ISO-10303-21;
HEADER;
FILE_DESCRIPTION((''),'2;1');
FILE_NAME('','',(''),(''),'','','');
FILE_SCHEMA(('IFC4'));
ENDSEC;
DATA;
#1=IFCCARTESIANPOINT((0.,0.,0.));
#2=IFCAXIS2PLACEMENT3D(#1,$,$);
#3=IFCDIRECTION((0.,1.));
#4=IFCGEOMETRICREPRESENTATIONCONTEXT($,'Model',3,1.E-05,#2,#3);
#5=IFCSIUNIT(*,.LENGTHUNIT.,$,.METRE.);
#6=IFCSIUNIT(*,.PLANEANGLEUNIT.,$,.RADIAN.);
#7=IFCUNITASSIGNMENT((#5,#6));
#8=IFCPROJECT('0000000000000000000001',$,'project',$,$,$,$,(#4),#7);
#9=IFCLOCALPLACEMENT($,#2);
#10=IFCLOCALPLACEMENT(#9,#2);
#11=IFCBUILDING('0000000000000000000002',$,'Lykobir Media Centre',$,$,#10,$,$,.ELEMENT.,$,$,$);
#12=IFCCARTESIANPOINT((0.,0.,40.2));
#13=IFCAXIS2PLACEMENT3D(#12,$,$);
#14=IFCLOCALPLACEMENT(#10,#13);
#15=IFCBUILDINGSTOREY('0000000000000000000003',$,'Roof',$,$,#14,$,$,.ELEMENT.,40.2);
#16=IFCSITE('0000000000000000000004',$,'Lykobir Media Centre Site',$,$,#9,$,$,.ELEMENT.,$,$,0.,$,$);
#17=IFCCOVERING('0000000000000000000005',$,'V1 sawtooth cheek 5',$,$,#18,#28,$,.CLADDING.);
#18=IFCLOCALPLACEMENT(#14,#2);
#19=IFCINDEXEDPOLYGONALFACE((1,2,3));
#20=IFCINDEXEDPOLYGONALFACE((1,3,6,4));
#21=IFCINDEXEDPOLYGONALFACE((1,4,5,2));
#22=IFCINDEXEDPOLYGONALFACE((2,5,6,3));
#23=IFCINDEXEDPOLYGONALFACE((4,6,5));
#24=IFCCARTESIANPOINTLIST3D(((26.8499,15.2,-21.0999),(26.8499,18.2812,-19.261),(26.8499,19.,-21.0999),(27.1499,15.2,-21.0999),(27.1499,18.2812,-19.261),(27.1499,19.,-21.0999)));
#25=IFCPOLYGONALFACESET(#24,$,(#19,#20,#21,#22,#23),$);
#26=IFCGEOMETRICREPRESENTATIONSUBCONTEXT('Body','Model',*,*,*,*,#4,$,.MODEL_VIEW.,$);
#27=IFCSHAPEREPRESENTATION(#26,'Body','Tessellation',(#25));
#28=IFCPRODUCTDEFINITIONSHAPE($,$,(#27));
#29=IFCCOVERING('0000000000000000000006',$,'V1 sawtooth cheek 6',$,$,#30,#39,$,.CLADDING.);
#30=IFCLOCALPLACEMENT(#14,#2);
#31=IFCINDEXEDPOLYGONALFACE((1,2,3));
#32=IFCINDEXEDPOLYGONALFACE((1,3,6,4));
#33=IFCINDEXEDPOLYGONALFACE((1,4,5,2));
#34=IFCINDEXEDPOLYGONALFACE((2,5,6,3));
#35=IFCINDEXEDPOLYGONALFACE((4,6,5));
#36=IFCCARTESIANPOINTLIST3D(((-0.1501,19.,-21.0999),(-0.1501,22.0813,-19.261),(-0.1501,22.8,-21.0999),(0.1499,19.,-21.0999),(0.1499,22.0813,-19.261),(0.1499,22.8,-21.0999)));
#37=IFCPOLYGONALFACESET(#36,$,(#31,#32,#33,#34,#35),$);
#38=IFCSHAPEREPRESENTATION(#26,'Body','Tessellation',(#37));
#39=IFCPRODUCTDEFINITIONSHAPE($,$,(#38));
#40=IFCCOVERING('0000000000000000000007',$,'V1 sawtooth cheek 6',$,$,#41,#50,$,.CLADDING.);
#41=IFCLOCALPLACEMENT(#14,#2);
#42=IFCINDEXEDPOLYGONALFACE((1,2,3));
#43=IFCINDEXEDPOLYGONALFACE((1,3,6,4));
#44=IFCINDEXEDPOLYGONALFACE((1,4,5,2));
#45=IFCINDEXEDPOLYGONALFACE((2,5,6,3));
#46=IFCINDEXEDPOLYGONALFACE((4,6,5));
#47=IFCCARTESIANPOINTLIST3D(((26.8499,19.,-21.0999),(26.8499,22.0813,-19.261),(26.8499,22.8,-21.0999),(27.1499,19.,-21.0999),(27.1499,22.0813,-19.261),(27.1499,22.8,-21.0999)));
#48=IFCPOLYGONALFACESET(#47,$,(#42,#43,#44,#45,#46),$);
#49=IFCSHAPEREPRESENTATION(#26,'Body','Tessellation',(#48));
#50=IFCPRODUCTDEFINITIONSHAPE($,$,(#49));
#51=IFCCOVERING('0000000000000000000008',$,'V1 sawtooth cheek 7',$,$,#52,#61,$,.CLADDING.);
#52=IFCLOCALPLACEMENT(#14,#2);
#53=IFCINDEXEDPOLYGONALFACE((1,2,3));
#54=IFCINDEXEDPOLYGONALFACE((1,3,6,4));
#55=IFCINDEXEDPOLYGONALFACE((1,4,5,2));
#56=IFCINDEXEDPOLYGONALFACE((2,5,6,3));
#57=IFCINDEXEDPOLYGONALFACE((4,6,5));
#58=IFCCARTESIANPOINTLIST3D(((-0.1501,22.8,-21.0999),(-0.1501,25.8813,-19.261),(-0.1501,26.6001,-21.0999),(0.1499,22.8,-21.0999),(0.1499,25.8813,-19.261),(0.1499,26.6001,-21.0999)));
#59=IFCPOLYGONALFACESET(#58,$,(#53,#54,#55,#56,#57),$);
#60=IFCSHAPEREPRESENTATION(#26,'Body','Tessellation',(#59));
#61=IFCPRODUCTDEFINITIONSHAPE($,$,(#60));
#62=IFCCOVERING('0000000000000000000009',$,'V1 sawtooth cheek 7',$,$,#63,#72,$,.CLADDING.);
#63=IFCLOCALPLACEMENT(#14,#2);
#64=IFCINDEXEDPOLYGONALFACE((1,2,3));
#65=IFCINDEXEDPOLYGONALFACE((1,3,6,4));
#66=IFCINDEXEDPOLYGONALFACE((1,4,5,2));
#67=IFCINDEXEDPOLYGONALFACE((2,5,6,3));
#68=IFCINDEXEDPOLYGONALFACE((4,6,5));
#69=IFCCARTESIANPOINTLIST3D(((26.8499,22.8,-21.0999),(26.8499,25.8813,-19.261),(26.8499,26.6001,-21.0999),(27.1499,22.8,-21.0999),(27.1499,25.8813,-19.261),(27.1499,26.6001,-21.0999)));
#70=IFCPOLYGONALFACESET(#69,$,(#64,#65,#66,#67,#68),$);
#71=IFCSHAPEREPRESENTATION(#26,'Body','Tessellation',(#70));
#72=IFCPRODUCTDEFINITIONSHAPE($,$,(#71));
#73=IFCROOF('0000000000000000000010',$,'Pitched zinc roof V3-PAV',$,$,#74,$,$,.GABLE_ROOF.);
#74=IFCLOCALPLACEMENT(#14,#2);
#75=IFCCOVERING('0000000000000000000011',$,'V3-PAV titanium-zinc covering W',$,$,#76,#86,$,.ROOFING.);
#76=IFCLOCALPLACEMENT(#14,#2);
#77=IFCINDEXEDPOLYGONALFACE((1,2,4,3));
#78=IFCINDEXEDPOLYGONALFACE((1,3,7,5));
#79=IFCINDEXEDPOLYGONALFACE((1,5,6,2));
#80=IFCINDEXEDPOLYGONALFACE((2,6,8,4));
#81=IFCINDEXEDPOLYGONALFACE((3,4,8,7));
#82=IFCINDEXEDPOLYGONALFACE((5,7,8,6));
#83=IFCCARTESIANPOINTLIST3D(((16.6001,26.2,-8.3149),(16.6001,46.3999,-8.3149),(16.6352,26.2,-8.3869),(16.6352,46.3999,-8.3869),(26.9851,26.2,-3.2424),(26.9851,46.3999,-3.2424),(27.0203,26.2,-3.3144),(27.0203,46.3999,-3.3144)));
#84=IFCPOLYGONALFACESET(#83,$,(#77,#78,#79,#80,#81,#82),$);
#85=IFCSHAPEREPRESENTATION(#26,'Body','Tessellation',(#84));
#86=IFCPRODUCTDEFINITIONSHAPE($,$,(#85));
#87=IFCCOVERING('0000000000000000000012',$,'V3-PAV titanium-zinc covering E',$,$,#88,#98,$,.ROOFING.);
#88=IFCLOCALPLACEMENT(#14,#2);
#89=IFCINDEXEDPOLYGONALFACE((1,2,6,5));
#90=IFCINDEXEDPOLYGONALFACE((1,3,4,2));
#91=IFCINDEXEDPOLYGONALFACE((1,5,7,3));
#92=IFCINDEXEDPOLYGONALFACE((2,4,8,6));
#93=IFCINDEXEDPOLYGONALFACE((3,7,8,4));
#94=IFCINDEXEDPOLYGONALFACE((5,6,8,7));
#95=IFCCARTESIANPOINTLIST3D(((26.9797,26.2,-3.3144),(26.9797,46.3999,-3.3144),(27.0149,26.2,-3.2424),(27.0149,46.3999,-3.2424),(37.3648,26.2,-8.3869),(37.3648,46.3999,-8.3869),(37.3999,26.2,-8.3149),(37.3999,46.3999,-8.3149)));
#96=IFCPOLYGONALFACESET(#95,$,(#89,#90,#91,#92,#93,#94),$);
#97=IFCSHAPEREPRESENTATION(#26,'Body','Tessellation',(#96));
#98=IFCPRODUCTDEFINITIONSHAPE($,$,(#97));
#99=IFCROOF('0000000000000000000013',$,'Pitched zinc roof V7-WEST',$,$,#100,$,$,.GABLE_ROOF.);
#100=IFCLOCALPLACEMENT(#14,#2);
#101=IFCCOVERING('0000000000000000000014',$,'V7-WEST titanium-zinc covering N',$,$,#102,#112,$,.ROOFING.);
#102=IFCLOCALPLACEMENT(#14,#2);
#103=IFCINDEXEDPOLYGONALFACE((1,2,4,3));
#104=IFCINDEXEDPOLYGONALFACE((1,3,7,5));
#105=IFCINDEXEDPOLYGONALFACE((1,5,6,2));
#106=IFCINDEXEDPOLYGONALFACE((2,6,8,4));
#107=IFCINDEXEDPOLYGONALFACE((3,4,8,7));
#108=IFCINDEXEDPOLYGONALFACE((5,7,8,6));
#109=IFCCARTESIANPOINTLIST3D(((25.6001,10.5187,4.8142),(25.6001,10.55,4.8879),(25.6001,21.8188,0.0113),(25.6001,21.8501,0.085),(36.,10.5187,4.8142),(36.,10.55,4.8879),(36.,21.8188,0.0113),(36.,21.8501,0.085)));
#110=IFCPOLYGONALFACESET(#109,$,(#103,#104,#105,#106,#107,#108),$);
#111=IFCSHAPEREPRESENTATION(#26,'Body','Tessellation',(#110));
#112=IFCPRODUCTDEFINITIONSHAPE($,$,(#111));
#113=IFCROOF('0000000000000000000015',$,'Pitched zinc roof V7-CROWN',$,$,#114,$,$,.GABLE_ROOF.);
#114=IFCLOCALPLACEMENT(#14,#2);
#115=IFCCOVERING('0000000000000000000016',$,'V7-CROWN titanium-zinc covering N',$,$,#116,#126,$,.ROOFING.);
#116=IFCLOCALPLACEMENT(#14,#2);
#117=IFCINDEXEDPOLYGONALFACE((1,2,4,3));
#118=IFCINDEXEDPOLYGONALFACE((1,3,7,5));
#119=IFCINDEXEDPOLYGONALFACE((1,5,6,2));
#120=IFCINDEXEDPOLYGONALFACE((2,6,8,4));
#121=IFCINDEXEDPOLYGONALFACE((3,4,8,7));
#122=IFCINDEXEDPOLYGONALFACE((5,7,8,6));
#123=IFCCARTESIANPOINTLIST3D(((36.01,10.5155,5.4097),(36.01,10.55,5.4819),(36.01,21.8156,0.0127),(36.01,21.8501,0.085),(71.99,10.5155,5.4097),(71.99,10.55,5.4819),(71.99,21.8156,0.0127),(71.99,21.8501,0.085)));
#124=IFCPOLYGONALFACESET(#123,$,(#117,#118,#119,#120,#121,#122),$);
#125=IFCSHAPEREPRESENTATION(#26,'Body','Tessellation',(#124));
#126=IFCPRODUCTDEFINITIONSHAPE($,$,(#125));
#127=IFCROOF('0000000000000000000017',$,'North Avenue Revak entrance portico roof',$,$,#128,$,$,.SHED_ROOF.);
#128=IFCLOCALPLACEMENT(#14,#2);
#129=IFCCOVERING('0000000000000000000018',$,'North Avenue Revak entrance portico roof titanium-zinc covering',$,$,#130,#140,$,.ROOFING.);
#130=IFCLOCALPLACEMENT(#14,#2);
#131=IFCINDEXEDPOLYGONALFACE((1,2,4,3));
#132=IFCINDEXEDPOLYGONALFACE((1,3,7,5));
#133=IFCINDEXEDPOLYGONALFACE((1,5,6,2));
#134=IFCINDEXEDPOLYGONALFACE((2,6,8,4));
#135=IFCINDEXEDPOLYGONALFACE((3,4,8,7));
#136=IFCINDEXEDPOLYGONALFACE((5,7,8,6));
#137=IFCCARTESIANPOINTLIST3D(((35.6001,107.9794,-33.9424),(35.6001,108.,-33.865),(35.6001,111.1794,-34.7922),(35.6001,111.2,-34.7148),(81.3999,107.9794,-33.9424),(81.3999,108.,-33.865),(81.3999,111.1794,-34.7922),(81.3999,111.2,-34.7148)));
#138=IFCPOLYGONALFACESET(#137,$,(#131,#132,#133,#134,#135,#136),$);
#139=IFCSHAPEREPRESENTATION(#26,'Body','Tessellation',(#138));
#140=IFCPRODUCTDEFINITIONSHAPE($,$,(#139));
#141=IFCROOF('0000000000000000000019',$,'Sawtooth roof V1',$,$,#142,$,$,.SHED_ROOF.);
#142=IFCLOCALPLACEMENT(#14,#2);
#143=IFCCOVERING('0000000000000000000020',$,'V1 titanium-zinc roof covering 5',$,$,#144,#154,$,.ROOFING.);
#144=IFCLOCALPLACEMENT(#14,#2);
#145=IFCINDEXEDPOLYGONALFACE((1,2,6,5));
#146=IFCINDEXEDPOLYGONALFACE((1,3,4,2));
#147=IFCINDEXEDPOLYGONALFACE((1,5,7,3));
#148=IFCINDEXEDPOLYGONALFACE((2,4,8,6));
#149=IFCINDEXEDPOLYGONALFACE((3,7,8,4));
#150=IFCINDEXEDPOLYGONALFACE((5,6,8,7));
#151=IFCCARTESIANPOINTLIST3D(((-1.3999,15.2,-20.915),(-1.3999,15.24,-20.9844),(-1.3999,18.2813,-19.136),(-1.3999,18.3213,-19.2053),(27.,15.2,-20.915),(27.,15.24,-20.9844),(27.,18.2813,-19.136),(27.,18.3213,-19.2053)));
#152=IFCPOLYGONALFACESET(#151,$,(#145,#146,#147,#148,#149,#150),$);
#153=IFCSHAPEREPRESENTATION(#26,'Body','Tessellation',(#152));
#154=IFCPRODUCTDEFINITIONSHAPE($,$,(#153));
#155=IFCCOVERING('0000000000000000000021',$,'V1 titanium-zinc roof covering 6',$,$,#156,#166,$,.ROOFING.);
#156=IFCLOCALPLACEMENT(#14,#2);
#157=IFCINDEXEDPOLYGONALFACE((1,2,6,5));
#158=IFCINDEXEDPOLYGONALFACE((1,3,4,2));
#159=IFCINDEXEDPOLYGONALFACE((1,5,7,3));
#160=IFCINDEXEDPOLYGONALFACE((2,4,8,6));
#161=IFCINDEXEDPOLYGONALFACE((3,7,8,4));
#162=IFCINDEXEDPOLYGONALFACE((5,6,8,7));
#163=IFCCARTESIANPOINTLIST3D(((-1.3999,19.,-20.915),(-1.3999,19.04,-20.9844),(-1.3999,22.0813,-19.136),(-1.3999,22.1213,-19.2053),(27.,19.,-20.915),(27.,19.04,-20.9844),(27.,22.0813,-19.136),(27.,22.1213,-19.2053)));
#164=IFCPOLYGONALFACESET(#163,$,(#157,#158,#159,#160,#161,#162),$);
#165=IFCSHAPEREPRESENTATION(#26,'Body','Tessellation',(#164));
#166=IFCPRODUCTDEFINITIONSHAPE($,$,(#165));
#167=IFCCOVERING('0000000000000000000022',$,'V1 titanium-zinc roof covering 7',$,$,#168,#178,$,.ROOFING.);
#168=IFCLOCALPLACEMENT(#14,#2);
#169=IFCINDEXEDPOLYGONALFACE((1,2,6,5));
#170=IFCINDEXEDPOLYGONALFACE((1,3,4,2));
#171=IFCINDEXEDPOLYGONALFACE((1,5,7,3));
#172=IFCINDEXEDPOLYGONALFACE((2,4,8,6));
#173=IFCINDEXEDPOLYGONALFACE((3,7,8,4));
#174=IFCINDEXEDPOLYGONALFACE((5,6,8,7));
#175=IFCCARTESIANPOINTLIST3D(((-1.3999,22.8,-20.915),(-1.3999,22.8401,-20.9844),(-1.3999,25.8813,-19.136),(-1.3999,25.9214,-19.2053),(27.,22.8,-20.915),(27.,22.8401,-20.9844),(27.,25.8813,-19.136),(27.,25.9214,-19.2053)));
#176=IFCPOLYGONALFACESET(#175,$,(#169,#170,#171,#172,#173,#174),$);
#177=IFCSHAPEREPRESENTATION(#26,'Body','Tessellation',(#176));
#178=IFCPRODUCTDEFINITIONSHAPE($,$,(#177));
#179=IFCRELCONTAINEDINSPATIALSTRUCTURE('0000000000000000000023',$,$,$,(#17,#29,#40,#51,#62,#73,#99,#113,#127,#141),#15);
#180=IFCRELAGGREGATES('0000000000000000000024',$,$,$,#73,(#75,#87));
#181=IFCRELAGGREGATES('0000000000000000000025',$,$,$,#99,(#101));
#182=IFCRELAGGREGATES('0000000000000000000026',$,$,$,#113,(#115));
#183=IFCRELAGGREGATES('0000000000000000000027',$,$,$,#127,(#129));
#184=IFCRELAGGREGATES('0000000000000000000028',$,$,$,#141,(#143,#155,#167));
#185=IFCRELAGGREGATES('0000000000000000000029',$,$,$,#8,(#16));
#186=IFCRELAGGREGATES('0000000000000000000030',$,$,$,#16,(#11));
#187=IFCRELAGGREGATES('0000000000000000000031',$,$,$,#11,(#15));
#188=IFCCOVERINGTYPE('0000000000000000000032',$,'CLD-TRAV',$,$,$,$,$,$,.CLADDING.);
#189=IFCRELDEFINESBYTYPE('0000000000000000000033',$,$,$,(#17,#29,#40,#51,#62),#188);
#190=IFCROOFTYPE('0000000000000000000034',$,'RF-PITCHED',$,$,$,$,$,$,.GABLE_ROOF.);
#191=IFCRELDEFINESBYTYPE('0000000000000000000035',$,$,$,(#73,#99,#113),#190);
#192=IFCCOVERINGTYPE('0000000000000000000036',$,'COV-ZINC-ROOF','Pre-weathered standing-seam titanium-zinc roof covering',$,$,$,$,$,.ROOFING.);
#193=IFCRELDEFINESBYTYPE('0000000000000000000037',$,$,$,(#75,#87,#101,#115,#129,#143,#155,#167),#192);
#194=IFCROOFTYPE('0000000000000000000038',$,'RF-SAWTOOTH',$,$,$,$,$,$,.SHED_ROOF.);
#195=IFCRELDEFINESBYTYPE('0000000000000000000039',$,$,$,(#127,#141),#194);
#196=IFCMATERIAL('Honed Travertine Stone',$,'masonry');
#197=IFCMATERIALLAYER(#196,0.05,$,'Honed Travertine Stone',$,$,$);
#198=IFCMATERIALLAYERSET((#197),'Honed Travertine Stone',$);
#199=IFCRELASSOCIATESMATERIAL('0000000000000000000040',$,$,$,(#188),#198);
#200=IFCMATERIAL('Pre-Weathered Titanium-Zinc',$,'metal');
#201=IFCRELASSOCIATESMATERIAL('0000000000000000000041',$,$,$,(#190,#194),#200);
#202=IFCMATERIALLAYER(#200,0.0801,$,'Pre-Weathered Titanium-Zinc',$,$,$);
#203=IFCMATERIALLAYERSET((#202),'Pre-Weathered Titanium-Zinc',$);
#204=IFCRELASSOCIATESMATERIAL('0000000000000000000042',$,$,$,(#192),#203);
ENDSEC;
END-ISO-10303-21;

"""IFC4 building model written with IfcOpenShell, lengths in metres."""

from ifc_helpers import new_model, si_unit, direction, frame, origin, place, context, subcontext, project, spatial, polyline, outline, extrude, material, layer, layer_set, type_object, element, aggregate, save


model = new_model("IFC4")

# Units and contexts
model_context = context("Model", 3, precision=1e-05, world=origin(), true_north=direction((0.0, 1.0)))
body_context = subcontext(model_context, "Body", "Model", "MODEL_VIEW")
ifc_project = project(units=[si_unit("LENGTHUNIT", "METRE"), si_unit("PLANEANGLEUNIT", "RADIAN")], contexts=[model_context])

# Site, building, storey
site_placement = place(None, origin())
site = spatial("IfcSite", under=ifc_project, at=site_placement, Name="Lykobir Media Centre Site", CompositionType="ELEMENT", RefElevation=0.0)
building_placement = place(site_placement, origin())
building = spatial("IfcBuilding", under=site, at=building_placement, Name="Lykobir Media Centre", CompositionType="ELEMENT")
storey_placement = place(building_placement, frame((0.0, 0.0, 40.2)))
storey = spatial("IfcBuildingStorey", under=building, at=storey_placement, Name="Roof", CompositionType="ELEMENT", Elevation=40.2)

# Shared definitions
ifc_material_1 = material(Name="Honed Travertine Stone", Category="masonry")

# Coverings
ifc_layer_1 = layer(ifc_material_1, 0.05, Name="Honed Travertine Stone")
ifc_layer_set_1 = layer_set([ifc_layer_1], Name="Honed Travertine Stone")
covering_type_1 = type_object("IfcCoveringType", Name="CLD-TRAV", PredefinedType="CLADDING", material=ifc_layer_set_1)
for number, where, z_axis, x_axis, name in (
    (1, (27.1499, 15.2, -21.0999), (1.0, 0.0, 0.0), (0.0, 1.0, 0.0), "V1 sawtooth cheek 5"),
    (2, (0.1499, 19.0, -21.0999), (1.0, 0.0, 0.0), (0.0, 1.0, 0.0), "V1 sawtooth cheek 6"),
    (3, (27.1499, 19.0, -21.0999), (1.0, 0.0, 0.0), (0.0, 1.0, 0.0), "V1 sawtooth cheek 6"),
    (4, (0.1499, 22.8, -21.0999), (1.0, 0.0, 0.0), (0.0, 1.0, 0.0), "V1 sawtooth cheek 7"),
    (5, (27.1499, 22.8, -21.0999), (1.0, 0.0, 0.0), (0.0, 1.0, 0.0), "V1 sawtooth cheek 7"),
):
    element("IfcCovering", number, at=place(storey_placement, frame(where, z_axis=z_axis, x_axis=x_axis)), inside=storey, type_object=covering_type_1, Name=name, PredefinedType="CLADDING", context=body_context, shape_type="SweptSolid", body=[
        extrude(outline(polyline([(0.0, 0.0), (3.8, 0.0), (3.0813, 1.8389), (0.0, 0.0)])), origin(), (0.0, 0.0, -1.0), 0.3),
    ])

# Roof, coverings
ifc_material_2 = material(Name="Pre-Weathered Titanium-Zinc", Category="metal")
roof_type_1 = type_object("IfcRoofType", Name="RF-PITCHED", PredefinedType="GABLE_ROOF", material=ifc_material_2)
roof_1_placement = place(storey_placement, origin())
roof_1 = element("IfcRoof", 6, at=roof_1_placement, inside=storey, type_object=roof_type_1, Name="Pitched zinc roof V3-PAV", PredefinedType="GABLE_ROOF")
ifc_layer_2 = layer(ifc_material_2, 0.0801, Name="Pre-Weathered Titanium-Zinc")
ifc_layer_set_2 = layer_set([ifc_layer_2], Name="Pre-Weathered Titanium-Zinc")
covering_type_2 = type_object("IfcCoveringType", Name="COV-ZINC-ROOF", Description="Pre-weathered standing-seam titanium-zinc roof covering", PredefinedType="ROOFING", material=ifc_layer_set_2)
covering_1_placement = place(storey_placement, frame((16.6001, 46.3999, -8.3149), z_axis=(-0.438888, 0.0, 0.898542), x_axis=(0.0, -1.0, 0.0)))
covering_1 = element("IfcCovering", 7, at=covering_1_placement, type_object=covering_type_2, Name="V3-PAV titanium-zinc covering W", PredefinedType="ROOFING", context=body_context, shape_type="SweptSolid", body=[
    extrude(outline(polyline([(0.0, 0.0), (20.2, 0.0), (20.2, 11.5576), (0.0, 11.5576), (0.0, 0.0)])), origin(), (0.0, 0.0, -1.0), 0.0801),
])
covering_2_placement = place(storey_placement, frame((37.3999, 26.2, -8.3149), z_axis=(0.438888, 0.0, 0.898542), x_axis=(0.0, 1.0, 0.0)))
covering_2 = element("IfcCovering", 8, at=covering_2_placement, type_object=covering_type_2, Name="V3-PAV titanium-zinc covering E", PredefinedType="ROOFING", context=body_context, shape_type="SweptSolid", body=[
    extrude(outline(polyline([(0.0, 0.0), (20.2, 0.0), (20.2, 11.5576), (0.0, 11.5576), (0.0, 0.0)])), origin(), (0.0, 0.0, -1.0), 0.0801),
])
aggregate(roof_1, [covering_1, covering_2])

# Roofs, coverings
roof_2_placement = place(storey_placement, origin())
roof_2 = element("IfcRoof", 9, at=roof_2_placement, inside=storey, type_object=roof_type_1, Name="Pitched zinc roof V7-WEST", PredefinedType="GABLE_ROOF")
covering_3_placement = place(storey_placement, frame((36.0, 21.8501, 0.085), z_axis=(0.0, 0.391172, 0.920317), x_axis=(-1.0, 0.0, 0.0)))
covering_3 = element("IfcCovering", 10, at=covering_3_placement, type_object=covering_type_2, Name="V7-WEST titanium-zinc covering N", PredefinedType="ROOFING", context=body_context, shape_type="SweptSolid", body=[
    extrude(outline(polyline([(0.0, 0.0), (10.3999, 0.0), (10.3999, 12.2784), (0.0, 12.2784), (0.0, 0.0)])), origin(), (0.0, 0.0, -1.0), 0.0801),
])
aggregate(roof_2, [covering_3])
roof_3_placement = place(storey_placement, origin())
roof_3 = element("IfcRoof", 11, at=roof_3_placement, inside=storey, type_object=roof_type_1, Name="Pitched zinc roof V7-CROWN", PredefinedType="GABLE_ROOF")
covering_4_placement = place(storey_placement, frame((71.99, 21.8501, 0.085), z_axis=(0.0, 0.430975, 0.902364), x_axis=(-1.0, 0.0, 0.0)))
covering_4 = element("IfcCovering", 12, at=covering_4_placement, type_object=covering_type_2, Name="V7-CROWN titanium-zinc covering N", PredefinedType="ROOFING", context=body_context, shape_type="SweptSolid", body=[
    extrude(outline(polyline([(0.0, 0.0), (35.98, 0.0), (35.98, 12.5227), (0.0, 12.5227), (0.0, 0.0)])), origin(), (0.0, 0.0, -1.0), 0.0801),
])
aggregate(roof_3, [covering_4])
roof_type_2 = type_object("IfcRoofType", Name="RF-SAWTOOTH", PredefinedType="SHED_ROOF", material=ifc_material_2)
roof_4_placement = place(storey_placement, origin())
roof_4 = element("IfcRoof", 13, at=roof_4_placement, inside=storey, type_object=roof_type_2, Name="North Avenue Revak entrance portico roof", PredefinedType="SHED_ROOF")
covering_5_placement = place(storey_placement, frame((35.6001, 111.2, -34.7148), z_axis=(0.0, 0.256685, 0.966495), x_axis=(1.0, 0.0, 0.0)))
covering_5 = element("IfcCovering", 14, at=covering_5_placement, type_object=covering_type_2, Name="North Avenue Revak entrance portico roof titanium-zinc covering", PredefinedType="ROOFING", context=body_context, shape_type="SweptSolid", body=[
    extrude(outline(polyline([(0.0, 0.0), (45.7998, 0.0), (45.7998, -3.3109), (0.0, -3.3109), (0.0, 0.0)])), origin(), (0.0, 0.0, -1.0), 0.0801),
])
aggregate(roof_4, [covering_5])

# Roof, coverings
roof_5_placement = place(storey_placement, origin())
roof_5 = element("IfcRoof", 15, at=roof_5_placement, inside=storey, type_object=roof_type_2, Name="Sawtooth roof V1", PredefinedType="SHED_ROOF")
covering_6_placement = place(storey_placement, frame((-1.3999, 15.2, -20.915), z_axis=(0.0, -0.500013, 0.866018), x_axis=(1.0, 0.0, 0.0)))
covering_6 = element("IfcCovering", 16, at=covering_6_placement, type_object=covering_type_2, Name="V1 titanium-zinc roof covering 5", PredefinedType="ROOFING", context=body_context, shape_type="SweptSolid", body=[
    extrude(outline(polyline([(0.0, 0.0), (28.3999, 0.0), (28.3999, 3.558), (0.0, 3.558), (0.0, 0.0)])), origin(), (0.0, 0.0, -1.0), 0.0801),
])
covering_7_placement = place(storey_placement, frame((-1.3999, 19.0, -20.915), z_axis=(0.0, -0.500013, 0.866018), x_axis=(1.0, 0.0, 0.0)))
covering_7 = element("IfcCovering", 17, at=covering_7_placement, type_object=covering_type_2, Name="V1 titanium-zinc roof covering 6", PredefinedType="ROOFING", context=body_context, shape_type="SweptSolid", body=[
    extrude(outline(polyline([(0.0, 0.0), (28.3999, 0.0), (28.3999, 3.558), (0.0, 3.558), (0.0, 0.0)])), origin(), (0.0, 0.0, -1.0), 0.0801),
])
covering_8_placement = place(storey_placement, frame((-1.3999, 22.8, -20.915), z_axis=(0.0, -0.500013, 0.866018), x_axis=(1.0, 0.0, 0.0)))
covering_8 = element("IfcCovering", 18, at=covering_8_placement, type_object=covering_type_2, Name="V1 titanium-zinc roof covering 7", PredefinedType="ROOFING", context=body_context, shape_type="SweptSolid", body=[
    extrude(outline(polyline([(0.0, 0.0), (28.3999, 0.0), (28.3999, 3.558), (0.0, 3.558), (0.0, 0.0)])), origin(), (0.0, 0.0, -1.0), 0.0801),
])
aggregate(roof_5, [covering_6, covering_7, covering_8])

save(model, "model.ifc")
